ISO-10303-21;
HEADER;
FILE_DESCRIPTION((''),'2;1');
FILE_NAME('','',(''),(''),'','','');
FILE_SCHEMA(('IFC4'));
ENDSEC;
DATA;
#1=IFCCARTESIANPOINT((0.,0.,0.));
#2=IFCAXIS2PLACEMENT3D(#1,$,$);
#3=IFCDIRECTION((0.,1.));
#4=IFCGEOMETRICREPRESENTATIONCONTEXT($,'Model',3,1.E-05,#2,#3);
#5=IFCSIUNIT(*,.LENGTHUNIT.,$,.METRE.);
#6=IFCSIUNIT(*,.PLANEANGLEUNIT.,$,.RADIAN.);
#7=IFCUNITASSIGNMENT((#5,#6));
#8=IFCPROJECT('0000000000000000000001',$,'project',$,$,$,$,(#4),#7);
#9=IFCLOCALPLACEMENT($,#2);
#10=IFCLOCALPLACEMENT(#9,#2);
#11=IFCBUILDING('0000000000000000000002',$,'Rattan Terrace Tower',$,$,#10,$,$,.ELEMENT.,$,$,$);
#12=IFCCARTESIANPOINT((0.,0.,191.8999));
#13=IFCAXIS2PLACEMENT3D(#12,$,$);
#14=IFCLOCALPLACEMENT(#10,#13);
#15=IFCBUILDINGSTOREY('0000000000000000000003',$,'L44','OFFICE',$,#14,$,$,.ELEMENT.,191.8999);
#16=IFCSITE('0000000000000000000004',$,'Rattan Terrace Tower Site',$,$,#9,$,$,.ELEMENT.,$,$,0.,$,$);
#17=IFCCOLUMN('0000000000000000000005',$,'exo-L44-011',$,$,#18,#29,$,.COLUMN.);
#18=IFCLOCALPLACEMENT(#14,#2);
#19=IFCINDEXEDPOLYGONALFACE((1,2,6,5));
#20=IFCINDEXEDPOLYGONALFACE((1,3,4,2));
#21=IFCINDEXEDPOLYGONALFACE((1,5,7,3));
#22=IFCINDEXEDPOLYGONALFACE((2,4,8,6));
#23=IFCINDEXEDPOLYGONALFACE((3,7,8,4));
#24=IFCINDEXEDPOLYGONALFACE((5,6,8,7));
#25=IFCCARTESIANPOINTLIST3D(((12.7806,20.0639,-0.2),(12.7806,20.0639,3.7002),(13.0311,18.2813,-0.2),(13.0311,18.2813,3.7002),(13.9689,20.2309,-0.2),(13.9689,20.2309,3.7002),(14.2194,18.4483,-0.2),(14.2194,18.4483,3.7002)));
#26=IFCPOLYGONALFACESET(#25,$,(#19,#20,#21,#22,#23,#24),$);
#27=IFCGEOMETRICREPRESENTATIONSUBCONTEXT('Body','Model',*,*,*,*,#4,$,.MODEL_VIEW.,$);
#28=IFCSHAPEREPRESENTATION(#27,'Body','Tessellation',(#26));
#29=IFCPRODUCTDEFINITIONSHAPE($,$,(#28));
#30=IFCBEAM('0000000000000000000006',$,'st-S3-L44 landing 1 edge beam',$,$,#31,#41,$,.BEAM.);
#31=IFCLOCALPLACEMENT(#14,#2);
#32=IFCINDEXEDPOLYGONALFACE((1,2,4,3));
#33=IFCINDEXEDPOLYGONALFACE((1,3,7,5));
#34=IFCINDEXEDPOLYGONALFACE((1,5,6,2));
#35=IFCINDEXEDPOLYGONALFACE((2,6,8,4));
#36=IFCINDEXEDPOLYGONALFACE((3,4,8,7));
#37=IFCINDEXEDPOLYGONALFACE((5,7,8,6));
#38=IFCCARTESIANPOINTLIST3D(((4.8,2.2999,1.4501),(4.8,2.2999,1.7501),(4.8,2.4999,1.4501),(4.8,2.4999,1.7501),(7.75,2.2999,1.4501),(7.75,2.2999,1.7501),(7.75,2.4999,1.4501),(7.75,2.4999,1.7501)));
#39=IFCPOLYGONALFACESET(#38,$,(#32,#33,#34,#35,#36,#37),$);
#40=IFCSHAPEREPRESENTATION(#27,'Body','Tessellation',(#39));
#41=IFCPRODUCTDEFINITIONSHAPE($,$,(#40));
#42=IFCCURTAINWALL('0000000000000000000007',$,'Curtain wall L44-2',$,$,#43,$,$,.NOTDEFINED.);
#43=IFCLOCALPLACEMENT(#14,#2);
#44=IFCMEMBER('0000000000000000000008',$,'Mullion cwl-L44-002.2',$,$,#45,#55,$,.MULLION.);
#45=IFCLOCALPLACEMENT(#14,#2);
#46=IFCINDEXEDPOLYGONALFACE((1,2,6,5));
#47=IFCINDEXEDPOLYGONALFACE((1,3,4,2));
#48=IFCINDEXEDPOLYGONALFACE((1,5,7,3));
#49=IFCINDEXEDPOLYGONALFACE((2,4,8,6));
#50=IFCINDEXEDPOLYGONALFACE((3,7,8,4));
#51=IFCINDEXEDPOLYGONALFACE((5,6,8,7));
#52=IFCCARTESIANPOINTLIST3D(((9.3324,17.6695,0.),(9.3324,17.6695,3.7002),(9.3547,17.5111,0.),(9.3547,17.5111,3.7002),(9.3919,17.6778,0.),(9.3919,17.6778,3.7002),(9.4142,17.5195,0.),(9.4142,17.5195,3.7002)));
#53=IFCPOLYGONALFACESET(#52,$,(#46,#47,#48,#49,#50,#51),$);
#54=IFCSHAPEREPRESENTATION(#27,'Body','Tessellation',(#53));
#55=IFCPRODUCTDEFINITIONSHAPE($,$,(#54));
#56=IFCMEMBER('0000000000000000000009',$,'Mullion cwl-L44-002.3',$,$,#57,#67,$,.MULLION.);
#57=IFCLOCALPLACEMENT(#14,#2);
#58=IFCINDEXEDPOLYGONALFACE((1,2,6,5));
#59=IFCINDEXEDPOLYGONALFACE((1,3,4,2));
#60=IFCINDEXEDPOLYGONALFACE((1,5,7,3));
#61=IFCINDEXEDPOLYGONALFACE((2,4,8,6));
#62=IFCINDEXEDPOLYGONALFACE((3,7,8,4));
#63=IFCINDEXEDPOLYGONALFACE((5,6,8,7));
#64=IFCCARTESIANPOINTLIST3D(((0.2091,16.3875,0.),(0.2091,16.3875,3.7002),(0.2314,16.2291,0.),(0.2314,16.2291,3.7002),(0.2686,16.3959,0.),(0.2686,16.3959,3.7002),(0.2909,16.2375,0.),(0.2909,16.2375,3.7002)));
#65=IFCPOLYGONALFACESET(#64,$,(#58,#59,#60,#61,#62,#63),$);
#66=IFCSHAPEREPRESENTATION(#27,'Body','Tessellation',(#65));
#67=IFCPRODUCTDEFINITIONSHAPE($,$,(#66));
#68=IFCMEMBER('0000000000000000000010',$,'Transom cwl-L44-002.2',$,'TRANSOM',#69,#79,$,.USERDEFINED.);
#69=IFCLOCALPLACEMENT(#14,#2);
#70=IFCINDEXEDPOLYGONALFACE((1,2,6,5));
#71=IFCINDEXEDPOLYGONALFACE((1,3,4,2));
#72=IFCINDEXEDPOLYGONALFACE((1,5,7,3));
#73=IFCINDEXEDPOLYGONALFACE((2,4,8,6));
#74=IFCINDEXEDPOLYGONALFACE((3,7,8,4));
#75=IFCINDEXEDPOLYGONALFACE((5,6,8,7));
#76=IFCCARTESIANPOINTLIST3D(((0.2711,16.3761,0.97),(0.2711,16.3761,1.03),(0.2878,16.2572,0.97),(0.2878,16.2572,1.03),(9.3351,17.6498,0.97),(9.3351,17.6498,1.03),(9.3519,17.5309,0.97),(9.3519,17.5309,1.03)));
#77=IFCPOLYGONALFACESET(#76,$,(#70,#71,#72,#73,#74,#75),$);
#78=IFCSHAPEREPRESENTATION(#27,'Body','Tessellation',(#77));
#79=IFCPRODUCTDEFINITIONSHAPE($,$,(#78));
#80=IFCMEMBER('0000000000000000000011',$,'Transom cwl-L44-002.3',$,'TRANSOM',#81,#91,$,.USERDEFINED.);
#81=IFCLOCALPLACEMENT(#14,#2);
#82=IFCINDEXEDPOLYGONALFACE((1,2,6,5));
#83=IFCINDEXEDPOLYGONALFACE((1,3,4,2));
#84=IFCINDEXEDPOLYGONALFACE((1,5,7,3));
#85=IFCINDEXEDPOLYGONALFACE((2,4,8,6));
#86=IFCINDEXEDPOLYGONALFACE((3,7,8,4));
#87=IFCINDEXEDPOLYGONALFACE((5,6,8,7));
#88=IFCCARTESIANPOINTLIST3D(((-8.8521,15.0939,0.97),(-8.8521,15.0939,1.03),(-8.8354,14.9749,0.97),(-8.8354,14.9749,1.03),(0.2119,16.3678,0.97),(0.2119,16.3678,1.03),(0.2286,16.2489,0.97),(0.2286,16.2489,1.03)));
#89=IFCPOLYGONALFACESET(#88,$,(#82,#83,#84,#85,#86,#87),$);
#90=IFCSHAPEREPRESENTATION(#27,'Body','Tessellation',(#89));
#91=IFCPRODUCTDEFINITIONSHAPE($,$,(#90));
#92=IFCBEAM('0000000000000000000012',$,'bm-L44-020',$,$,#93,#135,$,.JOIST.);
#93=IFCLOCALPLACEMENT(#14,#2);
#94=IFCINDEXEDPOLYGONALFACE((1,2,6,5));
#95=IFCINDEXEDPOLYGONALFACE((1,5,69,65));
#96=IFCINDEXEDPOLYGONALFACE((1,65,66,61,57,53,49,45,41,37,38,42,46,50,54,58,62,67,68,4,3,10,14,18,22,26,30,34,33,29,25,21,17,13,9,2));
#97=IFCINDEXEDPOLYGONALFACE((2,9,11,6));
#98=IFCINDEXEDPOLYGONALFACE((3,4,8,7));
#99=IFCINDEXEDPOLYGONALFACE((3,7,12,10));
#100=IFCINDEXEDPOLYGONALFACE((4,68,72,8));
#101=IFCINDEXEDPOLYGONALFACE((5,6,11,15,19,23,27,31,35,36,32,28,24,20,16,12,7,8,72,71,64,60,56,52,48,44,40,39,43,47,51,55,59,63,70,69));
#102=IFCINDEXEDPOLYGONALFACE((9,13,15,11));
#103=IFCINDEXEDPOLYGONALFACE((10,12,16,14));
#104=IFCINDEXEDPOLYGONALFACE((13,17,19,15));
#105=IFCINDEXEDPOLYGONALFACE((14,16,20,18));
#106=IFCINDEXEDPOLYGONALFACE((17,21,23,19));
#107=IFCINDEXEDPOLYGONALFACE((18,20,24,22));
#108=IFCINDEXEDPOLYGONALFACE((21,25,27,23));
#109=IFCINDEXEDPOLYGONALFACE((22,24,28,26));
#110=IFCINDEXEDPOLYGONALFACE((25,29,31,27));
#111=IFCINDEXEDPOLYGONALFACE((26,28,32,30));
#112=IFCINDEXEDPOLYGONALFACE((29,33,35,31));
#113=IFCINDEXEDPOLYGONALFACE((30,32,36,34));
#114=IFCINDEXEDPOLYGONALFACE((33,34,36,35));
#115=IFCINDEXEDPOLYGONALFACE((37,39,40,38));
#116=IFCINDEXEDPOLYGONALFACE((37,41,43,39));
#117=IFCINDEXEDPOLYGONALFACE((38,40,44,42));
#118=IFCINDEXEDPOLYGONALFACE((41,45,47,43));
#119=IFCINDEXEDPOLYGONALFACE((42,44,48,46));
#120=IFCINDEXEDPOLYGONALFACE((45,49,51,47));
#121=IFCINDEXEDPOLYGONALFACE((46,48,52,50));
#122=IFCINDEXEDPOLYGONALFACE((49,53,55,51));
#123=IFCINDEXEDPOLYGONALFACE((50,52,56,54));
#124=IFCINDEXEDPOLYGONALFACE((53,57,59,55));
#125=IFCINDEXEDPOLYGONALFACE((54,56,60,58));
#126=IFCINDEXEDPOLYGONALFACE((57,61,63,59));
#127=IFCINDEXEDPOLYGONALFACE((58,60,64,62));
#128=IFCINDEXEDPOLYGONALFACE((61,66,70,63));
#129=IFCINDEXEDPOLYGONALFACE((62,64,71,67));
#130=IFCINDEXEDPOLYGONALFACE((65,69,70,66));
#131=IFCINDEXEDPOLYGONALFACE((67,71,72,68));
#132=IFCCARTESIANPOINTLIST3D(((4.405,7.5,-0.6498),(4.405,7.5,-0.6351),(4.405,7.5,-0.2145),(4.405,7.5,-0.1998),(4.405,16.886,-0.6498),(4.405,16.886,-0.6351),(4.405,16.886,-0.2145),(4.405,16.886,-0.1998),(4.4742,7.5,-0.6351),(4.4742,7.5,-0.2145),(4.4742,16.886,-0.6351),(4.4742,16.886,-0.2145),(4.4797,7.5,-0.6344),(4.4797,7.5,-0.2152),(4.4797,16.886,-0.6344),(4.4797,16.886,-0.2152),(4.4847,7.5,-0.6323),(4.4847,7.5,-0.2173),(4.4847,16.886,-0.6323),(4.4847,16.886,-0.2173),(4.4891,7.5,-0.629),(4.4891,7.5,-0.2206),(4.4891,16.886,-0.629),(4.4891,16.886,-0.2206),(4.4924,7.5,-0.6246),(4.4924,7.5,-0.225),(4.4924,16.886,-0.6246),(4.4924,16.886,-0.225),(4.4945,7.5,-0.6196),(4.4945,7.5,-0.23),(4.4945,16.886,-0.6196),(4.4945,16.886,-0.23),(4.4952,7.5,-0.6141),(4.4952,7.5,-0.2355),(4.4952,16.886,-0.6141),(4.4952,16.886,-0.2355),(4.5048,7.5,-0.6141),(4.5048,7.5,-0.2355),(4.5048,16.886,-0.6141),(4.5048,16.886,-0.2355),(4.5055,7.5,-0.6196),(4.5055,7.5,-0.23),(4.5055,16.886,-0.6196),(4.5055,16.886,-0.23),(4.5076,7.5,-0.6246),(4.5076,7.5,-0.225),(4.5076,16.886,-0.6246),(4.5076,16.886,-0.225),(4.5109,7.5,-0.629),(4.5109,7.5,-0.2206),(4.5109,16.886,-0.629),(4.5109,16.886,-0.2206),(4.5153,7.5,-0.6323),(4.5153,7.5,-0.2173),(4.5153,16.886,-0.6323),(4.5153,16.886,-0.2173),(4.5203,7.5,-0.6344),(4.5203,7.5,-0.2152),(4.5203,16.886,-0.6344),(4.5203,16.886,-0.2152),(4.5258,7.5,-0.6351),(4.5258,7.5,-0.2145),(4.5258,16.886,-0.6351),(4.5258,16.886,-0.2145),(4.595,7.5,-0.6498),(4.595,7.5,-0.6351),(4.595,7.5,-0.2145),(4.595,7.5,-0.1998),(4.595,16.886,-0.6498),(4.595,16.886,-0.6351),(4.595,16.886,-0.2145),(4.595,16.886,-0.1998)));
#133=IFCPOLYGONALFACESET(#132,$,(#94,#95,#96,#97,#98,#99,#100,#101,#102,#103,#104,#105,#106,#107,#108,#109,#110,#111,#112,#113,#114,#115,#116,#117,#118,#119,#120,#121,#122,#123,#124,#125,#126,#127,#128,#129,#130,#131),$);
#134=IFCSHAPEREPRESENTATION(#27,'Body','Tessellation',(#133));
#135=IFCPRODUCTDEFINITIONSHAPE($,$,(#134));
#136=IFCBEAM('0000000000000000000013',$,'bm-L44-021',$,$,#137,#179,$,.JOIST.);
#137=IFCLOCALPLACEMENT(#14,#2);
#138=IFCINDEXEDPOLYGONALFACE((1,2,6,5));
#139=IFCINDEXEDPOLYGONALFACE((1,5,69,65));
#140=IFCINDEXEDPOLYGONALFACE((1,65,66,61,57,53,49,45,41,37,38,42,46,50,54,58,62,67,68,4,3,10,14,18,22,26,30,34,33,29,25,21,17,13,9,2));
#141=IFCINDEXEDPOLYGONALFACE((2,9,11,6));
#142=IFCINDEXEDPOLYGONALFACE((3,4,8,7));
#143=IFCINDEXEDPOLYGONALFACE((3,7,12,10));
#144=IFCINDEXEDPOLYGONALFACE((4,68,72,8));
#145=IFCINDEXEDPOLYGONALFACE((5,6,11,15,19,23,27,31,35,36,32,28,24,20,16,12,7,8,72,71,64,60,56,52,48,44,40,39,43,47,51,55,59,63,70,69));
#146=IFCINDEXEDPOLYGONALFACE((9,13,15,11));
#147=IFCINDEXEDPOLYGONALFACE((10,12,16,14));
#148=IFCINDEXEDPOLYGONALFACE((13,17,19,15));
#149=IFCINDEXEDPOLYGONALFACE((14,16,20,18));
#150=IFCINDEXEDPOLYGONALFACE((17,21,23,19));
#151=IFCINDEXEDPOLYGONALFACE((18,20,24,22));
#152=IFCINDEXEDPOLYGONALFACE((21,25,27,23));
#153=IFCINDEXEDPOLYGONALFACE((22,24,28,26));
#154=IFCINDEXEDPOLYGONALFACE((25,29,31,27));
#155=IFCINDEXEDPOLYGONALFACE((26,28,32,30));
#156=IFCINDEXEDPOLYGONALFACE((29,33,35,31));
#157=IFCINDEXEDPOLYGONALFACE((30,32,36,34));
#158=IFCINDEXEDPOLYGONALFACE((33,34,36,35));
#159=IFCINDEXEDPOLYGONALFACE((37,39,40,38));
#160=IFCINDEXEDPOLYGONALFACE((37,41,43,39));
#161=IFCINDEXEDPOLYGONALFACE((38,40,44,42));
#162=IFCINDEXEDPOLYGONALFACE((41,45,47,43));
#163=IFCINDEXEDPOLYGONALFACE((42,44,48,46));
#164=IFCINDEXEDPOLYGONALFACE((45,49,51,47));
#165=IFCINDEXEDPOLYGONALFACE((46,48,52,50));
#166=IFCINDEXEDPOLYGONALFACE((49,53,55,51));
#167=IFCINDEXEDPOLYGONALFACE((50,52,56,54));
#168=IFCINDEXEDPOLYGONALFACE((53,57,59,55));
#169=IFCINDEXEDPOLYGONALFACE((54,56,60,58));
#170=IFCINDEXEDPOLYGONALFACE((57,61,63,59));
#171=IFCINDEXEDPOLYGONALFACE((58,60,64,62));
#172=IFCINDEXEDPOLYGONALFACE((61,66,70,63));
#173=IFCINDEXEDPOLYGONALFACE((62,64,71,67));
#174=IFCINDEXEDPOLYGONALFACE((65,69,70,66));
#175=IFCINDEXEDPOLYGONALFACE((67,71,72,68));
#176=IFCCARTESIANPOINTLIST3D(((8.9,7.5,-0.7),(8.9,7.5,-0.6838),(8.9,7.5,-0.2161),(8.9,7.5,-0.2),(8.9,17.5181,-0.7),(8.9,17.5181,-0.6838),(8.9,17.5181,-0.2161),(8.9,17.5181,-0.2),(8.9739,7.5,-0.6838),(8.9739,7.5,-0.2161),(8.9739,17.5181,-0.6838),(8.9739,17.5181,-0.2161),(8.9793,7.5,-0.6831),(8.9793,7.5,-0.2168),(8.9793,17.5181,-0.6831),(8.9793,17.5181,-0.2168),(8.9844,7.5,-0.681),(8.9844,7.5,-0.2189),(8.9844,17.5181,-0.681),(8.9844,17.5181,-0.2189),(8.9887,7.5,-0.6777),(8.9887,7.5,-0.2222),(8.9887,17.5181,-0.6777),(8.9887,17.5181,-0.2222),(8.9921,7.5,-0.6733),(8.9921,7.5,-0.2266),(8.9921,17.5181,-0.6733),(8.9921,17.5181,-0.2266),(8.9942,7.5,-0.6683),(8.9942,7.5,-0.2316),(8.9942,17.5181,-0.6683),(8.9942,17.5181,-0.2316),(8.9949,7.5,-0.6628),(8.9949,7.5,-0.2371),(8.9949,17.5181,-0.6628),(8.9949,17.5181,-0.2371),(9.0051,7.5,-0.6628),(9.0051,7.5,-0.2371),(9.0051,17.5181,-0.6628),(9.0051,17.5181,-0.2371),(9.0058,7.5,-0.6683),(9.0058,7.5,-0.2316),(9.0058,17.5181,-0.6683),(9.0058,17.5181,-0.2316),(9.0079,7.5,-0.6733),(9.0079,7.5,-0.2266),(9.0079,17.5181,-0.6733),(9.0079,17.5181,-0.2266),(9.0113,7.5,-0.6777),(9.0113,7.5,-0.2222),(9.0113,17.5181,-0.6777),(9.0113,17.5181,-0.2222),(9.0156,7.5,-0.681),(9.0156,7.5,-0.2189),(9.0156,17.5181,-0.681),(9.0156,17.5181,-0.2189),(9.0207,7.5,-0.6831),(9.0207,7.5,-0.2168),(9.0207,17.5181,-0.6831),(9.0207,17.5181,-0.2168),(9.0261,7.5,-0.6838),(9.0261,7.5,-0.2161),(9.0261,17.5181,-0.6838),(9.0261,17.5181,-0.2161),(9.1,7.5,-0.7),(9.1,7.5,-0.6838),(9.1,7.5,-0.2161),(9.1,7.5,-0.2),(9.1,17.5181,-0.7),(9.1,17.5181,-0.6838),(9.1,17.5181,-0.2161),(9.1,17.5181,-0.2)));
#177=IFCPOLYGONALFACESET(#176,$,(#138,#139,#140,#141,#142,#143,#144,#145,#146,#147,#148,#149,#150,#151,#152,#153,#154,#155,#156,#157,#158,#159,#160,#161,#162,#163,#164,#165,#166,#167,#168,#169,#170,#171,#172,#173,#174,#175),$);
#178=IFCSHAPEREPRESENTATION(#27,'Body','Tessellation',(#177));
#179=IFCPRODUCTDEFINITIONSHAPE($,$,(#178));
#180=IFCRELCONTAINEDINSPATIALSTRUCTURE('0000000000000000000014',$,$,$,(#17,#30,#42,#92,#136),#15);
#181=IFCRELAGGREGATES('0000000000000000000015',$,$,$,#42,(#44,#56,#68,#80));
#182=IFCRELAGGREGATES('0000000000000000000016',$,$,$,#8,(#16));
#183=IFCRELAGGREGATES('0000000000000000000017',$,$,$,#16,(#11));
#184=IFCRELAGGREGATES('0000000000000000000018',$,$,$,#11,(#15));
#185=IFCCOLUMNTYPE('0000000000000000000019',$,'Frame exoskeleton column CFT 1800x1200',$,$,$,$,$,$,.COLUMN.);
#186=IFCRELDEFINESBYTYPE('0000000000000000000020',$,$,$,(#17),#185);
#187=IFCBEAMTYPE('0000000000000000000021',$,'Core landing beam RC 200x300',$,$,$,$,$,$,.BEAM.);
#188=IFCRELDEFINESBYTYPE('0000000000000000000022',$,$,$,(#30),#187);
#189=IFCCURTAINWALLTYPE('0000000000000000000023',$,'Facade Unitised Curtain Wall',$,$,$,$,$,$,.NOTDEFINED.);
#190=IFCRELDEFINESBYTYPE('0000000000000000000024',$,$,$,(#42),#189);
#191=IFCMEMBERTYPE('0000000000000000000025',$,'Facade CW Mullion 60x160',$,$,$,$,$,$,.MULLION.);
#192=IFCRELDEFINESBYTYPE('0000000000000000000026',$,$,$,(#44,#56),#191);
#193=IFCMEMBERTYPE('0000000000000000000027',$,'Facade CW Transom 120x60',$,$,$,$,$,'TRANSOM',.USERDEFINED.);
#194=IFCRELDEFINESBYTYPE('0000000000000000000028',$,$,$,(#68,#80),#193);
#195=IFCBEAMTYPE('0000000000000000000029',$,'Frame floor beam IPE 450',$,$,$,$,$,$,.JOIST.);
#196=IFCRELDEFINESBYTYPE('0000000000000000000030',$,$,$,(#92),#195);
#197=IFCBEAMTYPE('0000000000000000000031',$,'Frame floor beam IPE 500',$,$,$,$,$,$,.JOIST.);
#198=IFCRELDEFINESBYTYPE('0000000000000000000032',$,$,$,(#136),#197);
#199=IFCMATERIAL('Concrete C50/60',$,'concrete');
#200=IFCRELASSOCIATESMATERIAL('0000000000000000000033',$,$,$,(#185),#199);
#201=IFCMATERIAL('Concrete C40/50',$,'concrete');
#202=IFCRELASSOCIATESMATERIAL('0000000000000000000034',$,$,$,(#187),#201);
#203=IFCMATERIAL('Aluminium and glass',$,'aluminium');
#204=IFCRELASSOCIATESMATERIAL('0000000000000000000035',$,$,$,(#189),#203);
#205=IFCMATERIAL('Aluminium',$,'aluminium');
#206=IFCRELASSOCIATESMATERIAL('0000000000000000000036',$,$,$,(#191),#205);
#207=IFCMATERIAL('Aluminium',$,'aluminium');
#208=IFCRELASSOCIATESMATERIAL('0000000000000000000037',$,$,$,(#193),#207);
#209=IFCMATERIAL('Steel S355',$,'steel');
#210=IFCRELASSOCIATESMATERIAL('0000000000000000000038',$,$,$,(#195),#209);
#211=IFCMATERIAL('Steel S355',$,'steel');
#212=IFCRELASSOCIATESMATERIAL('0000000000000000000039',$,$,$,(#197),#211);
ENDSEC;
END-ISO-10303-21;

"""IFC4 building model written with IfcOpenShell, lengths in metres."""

from ifc_helpers import new_model, si_unit, direction, frame, origin, origin_2d, place, context, subcontext, project, spatial, rectangle, i_section, extrude, material, material_profile, profile_set, type_object, element, aggregate, save


model = new_model("IFC4")

# Units and contexts
model_context = context("Model", 3, precision=1e-05, world=origin(), true_north=direction((0.0, 1.0)))
body_context = subcontext(model_context, "Body", "Model", "MODEL_VIEW")
ifc_project = project(units=[si_unit("LENGTHUNIT", "METRE"), si_unit("PLANEANGLEUNIT", "RADIAN")], contexts=[model_context])

# Site, building, storey
site_placement = place(None, origin())
site = spatial("IfcSite", under=ifc_project, at=site_placement, Name="Rattan Terrace Tower Site", CompositionType="ELEMENT", RefElevation=0.0)
building_placement = place(site_placement, origin())
building = spatial("IfcBuilding", under=site, at=building_placement, Name="Rattan Terrace Tower", CompositionType="ELEMENT")
storey_placement = place(building_placement, frame((0.0, 0.0, 191.8999)))
storey = spatial("IfcBuildingStorey", under=building, at=storey_placement, Name="L44", Description="OFFICE", CompositionType="ELEMENT", Elevation=191.8999)

# Column
ifc_material_1 = material(Name="Concrete C50/60", Category="concrete")
ifc_material_profile_1 = material_profile(ifc_material_1, rectangle(XDim=1.2, YDim=1.8, at=origin_2d()), Name="CFT 1800x1200")
ifc_profile_set_1 = profile_set([ifc_material_profile_1], Name="Concrete C50/60")
column_type = type_object("IfcColumnType", Name="Frame exoskeleton column CFT 1800x1200", PredefinedType="COLUMN", material=ifc_profile_set_1)
column_placement = place(storey_placement, frame((13.5, 19.2561, -0.2), z_axis=(0.0, 0.0, 1.0), x_axis=(0.99027, 0.139156, 0.0)))
element("IfcColumn", 1, at=column_placement, inside=storey, type_object=column_type, Name="exo-L44-011", PredefinedType="COLUMN", context=body_context, shape_type="SweptSolid", body=[
    extrude(rectangle(XDim=1.2, YDim=1.8, at=origin_2d()), origin(), (0.0, 0.0, 1.0), 3.9001),
])

# Beam
ifc_material_2 = material(Name="Concrete C40/50", Category="concrete")
ifc_material_profile_2 = material_profile(ifc_material_2, rectangle(XDim=0.2, YDim=0.3, at=origin_2d()), Name="RC 200x300")
ifc_profile_set_2 = profile_set([ifc_material_profile_2], Name="Concrete C40/50")
beam_type_1 = type_object("IfcBeamType", Name="Core landing beam RC 200x300", PredefinedType="BEAM", material=ifc_profile_set_2)
beam_1_placement = place(storey_placement, frame((4.8, 2.3999, 1.6001), z_axis=(1.0, 0.0, 0.0), x_axis=(0.0, 1.0, 0.0)))
element("IfcBeam", 2, at=beam_1_placement, inside=storey, type_object=beam_type_1, Name="st-S3-L44 landing 1 edge beam", PredefinedType="BEAM", context=body_context, shape_type="SweptSolid", body=[
    extrude(rectangle(XDim=0.2, YDim=0.3, at=origin_2d()), origin(), (0.0, 0.0, 1.0), 2.95),
])

# Curtain wall, members
ifc_material_3 = material(Name="Aluminium and glass", Category="aluminium")
curtain_wall_type = type_object("IfcCurtainWallType", Name="Facade Unitised Curtain Wall", PredefinedType="NOTDEFINED", material=ifc_material_3)
curtain_wall_placement = place(storey_placement, origin())
curtain_wall = element("IfcCurtainWall", 3, at=curtain_wall_placement, inside=storey, type_object=curtain_wall_type, Name="Curtain wall L44-2", PredefinedType="NOTDEFINED")
ifc_material_4 = material(Name="Aluminium", Category="aluminium")
ifc_material_profile_3 = material_profile(ifc_material_4, rectangle(XDim=0.0601, YDim=0.1599, at=origin_2d()), Name="Aluminium 60x160")
ifc_profile_set_3 = profile_set([ifc_material_profile_3], Name="Aluminium")
member_type_1 = type_object("IfcMemberType", Name="Facade CW Mullion 60x160", PredefinedType="MULLION", material=ifc_profile_set_3)
member_1_placement = place(storey_placement, frame((9.3733, 17.5945, 0.0), z_axis=(0.0, 0.0, 1.0), x_axis=(-0.99027, -0.139161, 0.0)))
member_1 = element("IfcMember", 4, at=member_1_placement, type_object=member_type_1, Name="Mullion cwl-L44-002.2", PredefinedType="MULLION", context=body_context, shape_type="SweptSolid", body=[
    extrude(rectangle(XDim=0.0601, YDim=0.1599, at=origin_2d()), origin(), (0.0, 0.0, 1.0), 3.7002),
])
member_2_placement = place(storey_placement, frame((0.25, 16.3125, 0.0), z_axis=(0.0, 0.0, 1.0), x_axis=(-0.99027, -0.139161, 0.0)))
member_2 = element("IfcMember", 5, at=member_2_placement, type_object=member_type_1, Name="Mullion cwl-L44-002.3", PredefinedType="MULLION", context=body_context, shape_type="SweptSolid", body=[
    extrude(rectangle(XDim=0.0601, YDim=0.1599, at=origin_2d()), origin(), (0.0, 0.0, 1.0), 3.7002),
])
ifc_material_5 = material(Name="Aluminium", Category="aluminium")
ifc_material_profile_4 = material_profile(ifc_material_5, rectangle(XDim=0.1201, YDim=0.0601, at=origin_2d()), Name="Aluminium 120x60")
ifc_profile_set_4 = profile_set([ifc_material_profile_4], Name="Aluminium")
member_type_2 = type_object("IfcMemberType", Name="Facade CW Transom 120x60", ElementType="TRANSOM", PredefinedType="USERDEFINED", material=ifc_profile_set_4)
member_3_placement = place(storey_placement, frame((9.3435, 17.5903, 1.0), z_axis=(-0.990271, -0.139154, 0.0), x_axis=(0.139154, -0.990271, 0.0)))
member_3 = element("IfcMember", 6, at=member_3_placement, type_object=member_type_2, Name="Transom cwl-L44-002.2", ObjectType="TRANSOM", PredefinedType="USERDEFINED", context=body_context, shape_type="SweptSolid", body=[
    extrude(rectangle(XDim=0.1201, YDim=0.0601, at=origin_2d()), origin(), (0.0, 0.0, 1.0), 9.1531),
])
member_4_placement = place(storey_placement, frame((0.2202, 16.3083, 1.0), z_axis=(-0.990267, -0.13918, 0.0), x_axis=(0.13918, -0.990267, 0.0)))
member_4 = element("IfcMember", 7, at=member_4_placement, type_object=member_type_2, Name="Transom cwl-L44-002.3", ObjectType="TRANSOM", PredefinedType="USERDEFINED", context=body_context, shape_type="SweptSolid", body=[
    extrude(rectangle(XDim=0.1201, YDim=0.0601, at=origin_2d()), origin(), (0.0, 0.0, 1.0), 9.1531),
])

# Beams
ifc_material_6 = material(Name="Steel S355", Category="steel")
ifc_material_profile_5 = material_profile(ifc_material_6, i_section(OverallWidth=0.1899, OverallDepth=0.45, WebThickness=0.0095, FlangeThickness=0.0146, FilletRadius=0.021, at=origin_2d()), Name="IPE 450")
ifc_profile_set_5 = profile_set([ifc_material_profile_5], Name="Steel S355")
beam_type_2 = type_object("IfcBeamType", Name="Frame floor beam IPE 450", PredefinedType="JOIST", material=ifc_profile_set_5)
beam_2_placement = place(storey_placement, frame((4.5, 7.5, -0.4248), z_axis=(0.0, 1.0, 0.0), x_axis=(-1.0, 0.0, 0.0)))
element("IfcBeam", 8, at=beam_2_placement, inside=storey, type_object=beam_type_2, Name="bm-L44-020", PredefinedType="JOIST", context=body_context, shape_type="SweptSolid", body=[
    extrude(i_section(OverallWidth=0.1899, OverallDepth=0.45, WebThickness=0.0095, FlangeThickness=0.0146, FilletRadius=0.021, at=origin_2d()), origin(), (0.0, 0.0, 1.0), 9.386),
])
ifc_material_7 = material(Name="Steel S355", Category="steel")
ifc_material_profile_6 = material_profile(ifc_material_7, i_section(OverallWidth=0.2, OverallDepth=0.5, WebThickness=0.0103, FlangeThickness=0.0161, FilletRadius=0.021, at=origin_2d()), Name="IPE 500")
ifc_profile_set_6 = profile_set([ifc_material_profile_6], Name="Steel S355")
beam_type_3 = type_object("IfcBeamType", Name="Frame floor beam IPE 500", PredefinedType="JOIST", material=ifc_profile_set_6)
beam_3_placement = place(storey_placement, frame((9.0, 7.5, -0.45), z_axis=(0.0, 1.0, 0.0), x_axis=(-1.0, 0.0, 0.0)))
element("IfcBeam", 9, at=beam_3_placement, inside=storey, type_object=beam_type_3, Name="bm-L44-021", PredefinedType="JOIST", context=body_context, shape_type="SweptSolid", body=[
    extrude(i_section(OverallWidth=0.2, OverallDepth=0.5, WebThickness=0.0103, FlangeThickness=0.0161, FilletRadius=0.021, at=origin_2d()), origin(), (0.0, 0.0, 1.0), 10.0181),
])

aggregate(curtain_wall, [member_1, member_2, member_3, member_4])

save(model, "model.ifc")
